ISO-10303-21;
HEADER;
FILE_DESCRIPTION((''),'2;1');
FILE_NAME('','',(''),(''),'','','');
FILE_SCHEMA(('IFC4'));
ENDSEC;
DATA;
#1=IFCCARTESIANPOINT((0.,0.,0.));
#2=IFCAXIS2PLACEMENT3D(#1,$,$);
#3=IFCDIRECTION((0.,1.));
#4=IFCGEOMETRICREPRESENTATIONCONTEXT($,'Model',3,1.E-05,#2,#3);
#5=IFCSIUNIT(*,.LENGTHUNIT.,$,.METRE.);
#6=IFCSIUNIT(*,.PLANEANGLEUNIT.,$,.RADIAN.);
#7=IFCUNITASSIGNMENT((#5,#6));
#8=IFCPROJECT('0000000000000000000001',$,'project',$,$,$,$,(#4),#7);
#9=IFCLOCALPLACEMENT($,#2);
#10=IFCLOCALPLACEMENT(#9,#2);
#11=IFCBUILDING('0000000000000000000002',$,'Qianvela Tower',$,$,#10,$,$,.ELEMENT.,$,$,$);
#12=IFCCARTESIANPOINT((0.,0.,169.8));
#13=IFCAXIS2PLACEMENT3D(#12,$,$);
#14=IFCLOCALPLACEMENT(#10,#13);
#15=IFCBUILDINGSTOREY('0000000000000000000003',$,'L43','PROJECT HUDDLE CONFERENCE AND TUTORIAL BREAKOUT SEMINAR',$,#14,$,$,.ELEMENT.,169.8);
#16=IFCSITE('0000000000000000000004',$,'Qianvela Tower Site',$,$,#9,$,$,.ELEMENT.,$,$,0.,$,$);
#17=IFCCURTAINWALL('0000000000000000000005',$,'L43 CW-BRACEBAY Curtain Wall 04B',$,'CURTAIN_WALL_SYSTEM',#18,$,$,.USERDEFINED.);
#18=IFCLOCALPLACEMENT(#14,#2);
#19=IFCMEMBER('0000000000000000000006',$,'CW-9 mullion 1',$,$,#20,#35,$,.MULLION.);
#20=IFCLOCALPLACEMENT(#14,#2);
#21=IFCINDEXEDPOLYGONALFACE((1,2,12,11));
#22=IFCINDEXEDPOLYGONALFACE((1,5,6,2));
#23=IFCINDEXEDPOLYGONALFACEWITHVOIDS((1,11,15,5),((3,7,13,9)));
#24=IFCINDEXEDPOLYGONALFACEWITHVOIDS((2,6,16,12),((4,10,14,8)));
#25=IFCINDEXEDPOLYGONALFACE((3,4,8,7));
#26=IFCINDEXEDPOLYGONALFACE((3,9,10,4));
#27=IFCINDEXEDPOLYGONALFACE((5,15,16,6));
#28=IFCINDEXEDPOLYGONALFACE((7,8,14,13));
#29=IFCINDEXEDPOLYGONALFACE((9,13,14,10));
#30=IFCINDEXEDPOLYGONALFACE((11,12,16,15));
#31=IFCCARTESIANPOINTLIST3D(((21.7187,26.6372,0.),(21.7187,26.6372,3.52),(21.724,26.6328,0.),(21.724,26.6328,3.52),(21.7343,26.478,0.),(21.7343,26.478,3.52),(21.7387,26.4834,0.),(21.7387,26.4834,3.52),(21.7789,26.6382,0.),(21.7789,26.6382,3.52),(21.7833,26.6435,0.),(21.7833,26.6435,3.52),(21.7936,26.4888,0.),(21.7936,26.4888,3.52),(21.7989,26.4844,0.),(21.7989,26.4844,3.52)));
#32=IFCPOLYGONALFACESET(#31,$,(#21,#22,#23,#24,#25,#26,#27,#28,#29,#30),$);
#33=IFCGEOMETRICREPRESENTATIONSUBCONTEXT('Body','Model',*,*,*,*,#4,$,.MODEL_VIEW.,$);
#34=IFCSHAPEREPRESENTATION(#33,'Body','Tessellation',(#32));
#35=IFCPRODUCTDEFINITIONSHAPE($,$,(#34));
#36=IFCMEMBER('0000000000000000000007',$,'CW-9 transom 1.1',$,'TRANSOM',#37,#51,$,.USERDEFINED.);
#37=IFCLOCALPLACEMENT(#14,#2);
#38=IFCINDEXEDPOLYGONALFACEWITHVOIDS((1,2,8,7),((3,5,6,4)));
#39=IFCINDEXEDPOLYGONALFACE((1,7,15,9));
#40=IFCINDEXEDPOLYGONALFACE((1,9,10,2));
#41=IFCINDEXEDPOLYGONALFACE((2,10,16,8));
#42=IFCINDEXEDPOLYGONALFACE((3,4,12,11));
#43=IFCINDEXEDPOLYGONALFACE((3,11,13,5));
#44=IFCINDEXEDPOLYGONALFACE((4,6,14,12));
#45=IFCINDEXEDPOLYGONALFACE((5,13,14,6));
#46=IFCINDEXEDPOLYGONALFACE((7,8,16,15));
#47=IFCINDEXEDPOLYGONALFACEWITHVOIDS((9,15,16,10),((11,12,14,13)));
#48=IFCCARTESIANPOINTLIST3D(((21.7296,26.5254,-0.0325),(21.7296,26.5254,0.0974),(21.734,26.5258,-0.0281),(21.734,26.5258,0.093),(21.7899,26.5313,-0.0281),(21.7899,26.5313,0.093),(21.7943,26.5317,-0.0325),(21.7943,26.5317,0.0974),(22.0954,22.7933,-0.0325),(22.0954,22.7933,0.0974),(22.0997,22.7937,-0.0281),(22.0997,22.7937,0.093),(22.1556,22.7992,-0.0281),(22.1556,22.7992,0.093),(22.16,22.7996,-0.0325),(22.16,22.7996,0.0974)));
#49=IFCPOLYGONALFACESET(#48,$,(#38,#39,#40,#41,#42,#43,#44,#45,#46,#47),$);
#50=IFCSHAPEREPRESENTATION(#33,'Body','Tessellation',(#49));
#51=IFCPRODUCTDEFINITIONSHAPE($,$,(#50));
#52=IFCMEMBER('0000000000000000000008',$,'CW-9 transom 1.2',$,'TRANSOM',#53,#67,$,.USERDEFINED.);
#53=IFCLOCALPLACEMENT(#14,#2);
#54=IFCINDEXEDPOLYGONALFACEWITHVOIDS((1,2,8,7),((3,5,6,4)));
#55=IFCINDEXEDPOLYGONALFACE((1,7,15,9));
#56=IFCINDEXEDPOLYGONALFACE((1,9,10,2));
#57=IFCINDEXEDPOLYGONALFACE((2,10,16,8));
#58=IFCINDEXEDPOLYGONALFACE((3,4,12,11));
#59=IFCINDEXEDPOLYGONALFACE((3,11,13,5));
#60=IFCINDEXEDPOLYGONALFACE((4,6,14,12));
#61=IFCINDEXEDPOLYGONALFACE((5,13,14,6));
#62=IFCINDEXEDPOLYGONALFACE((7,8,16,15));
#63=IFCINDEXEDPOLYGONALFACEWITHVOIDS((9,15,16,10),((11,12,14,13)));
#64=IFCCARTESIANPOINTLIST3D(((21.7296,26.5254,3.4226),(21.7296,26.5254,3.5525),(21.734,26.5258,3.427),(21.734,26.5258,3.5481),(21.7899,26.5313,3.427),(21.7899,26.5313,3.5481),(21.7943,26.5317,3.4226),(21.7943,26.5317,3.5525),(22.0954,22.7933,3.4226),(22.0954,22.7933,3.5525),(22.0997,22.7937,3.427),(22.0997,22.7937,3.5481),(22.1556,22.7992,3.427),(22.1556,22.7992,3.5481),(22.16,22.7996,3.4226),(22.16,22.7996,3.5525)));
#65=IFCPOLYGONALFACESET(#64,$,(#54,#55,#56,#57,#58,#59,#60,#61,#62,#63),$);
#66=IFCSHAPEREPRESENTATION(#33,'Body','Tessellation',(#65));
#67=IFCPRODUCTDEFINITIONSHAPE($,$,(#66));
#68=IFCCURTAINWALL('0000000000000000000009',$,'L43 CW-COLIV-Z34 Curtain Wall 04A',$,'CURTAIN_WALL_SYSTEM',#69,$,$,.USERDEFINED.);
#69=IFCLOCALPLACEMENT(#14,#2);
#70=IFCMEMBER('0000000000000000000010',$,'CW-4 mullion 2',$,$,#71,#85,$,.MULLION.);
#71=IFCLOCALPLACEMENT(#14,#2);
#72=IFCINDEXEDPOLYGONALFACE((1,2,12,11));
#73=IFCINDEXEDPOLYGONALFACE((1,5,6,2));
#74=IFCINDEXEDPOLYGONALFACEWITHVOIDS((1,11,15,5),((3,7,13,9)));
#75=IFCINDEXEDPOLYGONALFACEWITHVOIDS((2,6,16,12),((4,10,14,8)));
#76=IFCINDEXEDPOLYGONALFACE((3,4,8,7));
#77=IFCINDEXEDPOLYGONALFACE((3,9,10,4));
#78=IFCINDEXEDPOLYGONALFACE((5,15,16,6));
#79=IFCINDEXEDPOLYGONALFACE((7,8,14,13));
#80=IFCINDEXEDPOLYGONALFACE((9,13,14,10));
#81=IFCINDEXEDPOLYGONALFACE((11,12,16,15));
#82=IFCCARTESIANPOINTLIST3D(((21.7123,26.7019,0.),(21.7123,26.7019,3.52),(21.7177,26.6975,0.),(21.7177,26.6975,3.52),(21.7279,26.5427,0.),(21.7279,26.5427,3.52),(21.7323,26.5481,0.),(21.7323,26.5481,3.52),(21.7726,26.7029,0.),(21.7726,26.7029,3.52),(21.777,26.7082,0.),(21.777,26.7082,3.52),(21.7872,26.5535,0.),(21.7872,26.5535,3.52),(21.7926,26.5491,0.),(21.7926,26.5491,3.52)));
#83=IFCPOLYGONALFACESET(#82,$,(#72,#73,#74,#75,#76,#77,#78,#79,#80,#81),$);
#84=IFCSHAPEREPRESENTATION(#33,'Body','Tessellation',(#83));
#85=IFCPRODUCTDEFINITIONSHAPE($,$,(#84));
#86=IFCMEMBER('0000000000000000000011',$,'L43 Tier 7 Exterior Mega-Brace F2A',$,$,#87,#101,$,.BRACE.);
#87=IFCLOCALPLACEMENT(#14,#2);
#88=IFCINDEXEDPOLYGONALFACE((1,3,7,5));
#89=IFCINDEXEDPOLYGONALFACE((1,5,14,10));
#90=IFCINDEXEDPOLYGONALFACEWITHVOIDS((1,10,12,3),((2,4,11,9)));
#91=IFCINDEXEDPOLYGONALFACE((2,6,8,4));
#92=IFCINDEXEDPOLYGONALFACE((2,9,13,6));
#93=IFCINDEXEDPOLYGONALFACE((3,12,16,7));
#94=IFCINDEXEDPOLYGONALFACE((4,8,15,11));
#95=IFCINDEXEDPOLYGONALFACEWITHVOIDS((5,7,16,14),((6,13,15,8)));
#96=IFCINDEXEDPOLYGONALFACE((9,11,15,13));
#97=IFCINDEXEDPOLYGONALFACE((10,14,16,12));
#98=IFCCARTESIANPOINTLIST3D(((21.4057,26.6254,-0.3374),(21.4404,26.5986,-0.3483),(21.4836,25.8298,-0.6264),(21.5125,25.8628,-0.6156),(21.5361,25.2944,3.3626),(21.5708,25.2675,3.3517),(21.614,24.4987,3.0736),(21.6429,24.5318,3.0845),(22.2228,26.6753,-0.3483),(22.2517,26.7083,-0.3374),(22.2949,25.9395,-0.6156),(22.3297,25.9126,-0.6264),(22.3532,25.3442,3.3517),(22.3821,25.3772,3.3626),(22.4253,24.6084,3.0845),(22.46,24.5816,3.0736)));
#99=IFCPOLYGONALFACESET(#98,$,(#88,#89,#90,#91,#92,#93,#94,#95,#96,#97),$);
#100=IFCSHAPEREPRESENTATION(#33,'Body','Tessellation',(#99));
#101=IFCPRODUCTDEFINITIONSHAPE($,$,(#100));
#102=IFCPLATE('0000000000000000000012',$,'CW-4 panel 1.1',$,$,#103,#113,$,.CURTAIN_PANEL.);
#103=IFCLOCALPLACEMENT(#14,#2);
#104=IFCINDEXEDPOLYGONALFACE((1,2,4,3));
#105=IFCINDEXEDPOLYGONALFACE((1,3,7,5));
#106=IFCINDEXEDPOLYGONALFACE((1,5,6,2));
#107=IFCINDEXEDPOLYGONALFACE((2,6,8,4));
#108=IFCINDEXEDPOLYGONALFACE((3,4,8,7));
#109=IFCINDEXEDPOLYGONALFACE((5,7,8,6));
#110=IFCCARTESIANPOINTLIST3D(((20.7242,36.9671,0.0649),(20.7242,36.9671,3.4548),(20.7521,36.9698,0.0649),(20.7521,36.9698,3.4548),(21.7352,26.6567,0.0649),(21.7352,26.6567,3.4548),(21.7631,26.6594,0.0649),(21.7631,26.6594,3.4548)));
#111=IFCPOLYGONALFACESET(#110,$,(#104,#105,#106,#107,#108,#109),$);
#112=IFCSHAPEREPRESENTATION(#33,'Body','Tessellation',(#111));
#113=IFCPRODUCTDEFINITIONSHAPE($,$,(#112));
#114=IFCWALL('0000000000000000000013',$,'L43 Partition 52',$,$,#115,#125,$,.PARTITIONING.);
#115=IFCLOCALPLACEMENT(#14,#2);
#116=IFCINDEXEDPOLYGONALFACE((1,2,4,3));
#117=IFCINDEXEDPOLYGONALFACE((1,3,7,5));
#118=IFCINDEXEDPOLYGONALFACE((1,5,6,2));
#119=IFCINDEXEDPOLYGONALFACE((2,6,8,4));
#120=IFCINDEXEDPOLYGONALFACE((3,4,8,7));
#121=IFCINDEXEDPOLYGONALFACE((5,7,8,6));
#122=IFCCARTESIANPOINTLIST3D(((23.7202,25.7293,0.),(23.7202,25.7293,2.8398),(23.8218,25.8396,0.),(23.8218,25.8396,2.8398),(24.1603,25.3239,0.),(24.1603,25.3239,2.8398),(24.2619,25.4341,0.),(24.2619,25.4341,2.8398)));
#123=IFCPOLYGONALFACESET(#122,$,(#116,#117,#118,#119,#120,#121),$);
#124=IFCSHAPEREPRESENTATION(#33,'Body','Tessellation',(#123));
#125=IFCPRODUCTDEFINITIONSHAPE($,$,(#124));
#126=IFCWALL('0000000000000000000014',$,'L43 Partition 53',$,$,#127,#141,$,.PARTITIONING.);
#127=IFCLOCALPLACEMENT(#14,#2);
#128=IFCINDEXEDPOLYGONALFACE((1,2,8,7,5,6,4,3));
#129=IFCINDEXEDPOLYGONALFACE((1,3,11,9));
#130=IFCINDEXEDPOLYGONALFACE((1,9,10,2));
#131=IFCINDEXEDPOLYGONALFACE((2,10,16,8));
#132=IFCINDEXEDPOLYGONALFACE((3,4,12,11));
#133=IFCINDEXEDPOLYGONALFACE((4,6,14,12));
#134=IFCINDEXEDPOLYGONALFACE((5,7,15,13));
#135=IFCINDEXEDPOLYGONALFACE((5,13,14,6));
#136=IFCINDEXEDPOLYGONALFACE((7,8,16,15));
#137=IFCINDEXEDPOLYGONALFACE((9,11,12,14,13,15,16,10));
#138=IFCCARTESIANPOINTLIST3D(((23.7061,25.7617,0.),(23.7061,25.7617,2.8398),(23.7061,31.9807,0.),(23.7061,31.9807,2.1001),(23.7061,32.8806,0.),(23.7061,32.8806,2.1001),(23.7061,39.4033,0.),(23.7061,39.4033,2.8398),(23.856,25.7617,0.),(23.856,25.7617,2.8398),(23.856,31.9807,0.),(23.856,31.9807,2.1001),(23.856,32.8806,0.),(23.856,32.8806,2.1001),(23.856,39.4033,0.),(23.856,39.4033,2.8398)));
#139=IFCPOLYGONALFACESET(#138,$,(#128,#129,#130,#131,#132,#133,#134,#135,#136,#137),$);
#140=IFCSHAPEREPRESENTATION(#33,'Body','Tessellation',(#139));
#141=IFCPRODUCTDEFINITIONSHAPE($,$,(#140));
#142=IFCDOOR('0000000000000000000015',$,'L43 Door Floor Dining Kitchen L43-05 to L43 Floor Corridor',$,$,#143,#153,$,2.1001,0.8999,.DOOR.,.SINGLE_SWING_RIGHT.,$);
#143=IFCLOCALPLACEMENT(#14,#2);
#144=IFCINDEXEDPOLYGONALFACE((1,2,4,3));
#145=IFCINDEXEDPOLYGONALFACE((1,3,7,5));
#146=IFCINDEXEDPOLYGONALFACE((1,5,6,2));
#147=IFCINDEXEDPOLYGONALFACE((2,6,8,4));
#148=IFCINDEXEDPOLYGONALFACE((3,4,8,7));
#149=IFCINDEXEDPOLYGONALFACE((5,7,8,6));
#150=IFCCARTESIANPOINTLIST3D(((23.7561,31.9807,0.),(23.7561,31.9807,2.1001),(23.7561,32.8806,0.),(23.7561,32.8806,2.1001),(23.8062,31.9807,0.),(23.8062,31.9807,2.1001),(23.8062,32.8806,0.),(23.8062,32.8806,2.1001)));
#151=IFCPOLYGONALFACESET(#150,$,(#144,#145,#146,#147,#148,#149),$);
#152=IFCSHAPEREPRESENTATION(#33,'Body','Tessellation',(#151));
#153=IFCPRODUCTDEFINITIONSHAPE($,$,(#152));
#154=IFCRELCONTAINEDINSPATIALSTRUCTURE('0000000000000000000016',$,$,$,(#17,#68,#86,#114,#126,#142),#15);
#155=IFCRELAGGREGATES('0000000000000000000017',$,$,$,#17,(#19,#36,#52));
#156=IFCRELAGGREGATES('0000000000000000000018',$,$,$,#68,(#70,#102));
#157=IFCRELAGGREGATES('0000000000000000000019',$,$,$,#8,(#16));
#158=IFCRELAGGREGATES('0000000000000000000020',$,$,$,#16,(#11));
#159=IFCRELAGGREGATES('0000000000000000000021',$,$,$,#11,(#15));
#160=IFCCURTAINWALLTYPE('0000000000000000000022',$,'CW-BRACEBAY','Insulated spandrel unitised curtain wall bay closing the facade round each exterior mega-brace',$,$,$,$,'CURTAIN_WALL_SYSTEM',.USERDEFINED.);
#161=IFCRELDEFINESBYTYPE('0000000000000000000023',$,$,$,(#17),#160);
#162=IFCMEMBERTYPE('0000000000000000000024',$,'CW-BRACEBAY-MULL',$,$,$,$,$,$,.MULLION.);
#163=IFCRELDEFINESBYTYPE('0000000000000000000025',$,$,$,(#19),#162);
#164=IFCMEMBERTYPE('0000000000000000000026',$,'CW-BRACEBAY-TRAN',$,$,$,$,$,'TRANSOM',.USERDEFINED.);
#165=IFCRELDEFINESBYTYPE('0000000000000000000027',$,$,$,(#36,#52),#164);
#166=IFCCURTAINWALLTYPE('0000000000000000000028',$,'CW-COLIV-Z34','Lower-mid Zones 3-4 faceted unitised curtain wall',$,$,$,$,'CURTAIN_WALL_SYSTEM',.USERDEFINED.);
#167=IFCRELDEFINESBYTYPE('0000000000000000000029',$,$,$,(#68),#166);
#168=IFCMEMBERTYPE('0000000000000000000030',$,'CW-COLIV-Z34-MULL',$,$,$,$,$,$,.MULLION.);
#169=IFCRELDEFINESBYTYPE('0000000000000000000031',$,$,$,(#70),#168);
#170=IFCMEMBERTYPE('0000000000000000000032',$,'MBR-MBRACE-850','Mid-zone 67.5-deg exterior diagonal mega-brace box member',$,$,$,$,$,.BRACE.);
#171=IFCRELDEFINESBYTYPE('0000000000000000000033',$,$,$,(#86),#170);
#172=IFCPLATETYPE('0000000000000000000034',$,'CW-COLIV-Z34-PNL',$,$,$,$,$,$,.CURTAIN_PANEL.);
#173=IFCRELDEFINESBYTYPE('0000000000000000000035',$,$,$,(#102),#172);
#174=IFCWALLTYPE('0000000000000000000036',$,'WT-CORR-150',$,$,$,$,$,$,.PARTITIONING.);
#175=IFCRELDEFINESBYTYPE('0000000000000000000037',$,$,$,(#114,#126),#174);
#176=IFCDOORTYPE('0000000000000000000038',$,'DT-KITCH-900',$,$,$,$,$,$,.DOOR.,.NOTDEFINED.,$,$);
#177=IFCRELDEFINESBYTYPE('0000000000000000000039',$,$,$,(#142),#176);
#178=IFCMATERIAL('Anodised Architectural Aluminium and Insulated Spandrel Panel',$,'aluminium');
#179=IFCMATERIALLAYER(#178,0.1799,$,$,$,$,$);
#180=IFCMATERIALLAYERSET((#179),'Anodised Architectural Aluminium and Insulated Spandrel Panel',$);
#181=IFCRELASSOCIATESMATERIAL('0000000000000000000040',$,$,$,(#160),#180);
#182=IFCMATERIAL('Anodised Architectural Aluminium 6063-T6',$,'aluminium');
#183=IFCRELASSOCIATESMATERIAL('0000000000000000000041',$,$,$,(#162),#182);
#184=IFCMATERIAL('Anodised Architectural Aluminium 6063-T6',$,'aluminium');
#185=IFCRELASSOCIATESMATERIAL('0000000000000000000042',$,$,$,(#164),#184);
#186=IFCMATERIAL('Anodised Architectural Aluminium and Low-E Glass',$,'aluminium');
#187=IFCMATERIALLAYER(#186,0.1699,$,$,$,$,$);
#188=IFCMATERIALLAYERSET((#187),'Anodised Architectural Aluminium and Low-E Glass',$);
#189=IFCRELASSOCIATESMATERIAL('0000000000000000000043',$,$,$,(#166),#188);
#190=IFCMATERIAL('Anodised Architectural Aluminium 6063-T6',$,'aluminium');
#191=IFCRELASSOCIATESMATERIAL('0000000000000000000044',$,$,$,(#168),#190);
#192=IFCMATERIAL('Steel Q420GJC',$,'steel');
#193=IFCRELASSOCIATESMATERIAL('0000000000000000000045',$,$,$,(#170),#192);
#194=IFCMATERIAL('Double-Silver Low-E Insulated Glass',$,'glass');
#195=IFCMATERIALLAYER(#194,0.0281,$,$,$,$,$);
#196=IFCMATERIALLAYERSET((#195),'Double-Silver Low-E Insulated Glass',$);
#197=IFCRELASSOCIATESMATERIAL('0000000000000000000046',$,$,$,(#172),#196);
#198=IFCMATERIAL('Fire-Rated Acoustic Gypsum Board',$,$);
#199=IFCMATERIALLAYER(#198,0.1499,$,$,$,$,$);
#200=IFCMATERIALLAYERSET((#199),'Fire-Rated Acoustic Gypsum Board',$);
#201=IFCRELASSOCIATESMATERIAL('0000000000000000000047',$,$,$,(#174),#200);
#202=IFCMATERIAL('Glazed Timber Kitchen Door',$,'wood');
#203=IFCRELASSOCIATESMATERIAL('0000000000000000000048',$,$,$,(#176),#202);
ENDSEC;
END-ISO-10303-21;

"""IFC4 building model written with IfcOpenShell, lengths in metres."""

from ifc_helpers import new_model, si_unit, direction, frame, frame_2d, origin, origin_2d, place, context, subcontext, project, spatial, rectangle, hollow_rectangle, extrude, material, layer, layer_set, material_profile, profile_set, type_object, element, fill, aggregate, save


model = new_model("IFC4")

# Units and contexts
model_context = context("Model", 3, precision=1e-05, world=origin(), true_north=direction((0.0, 1.0)))
body_context = subcontext(model_context, "Body", "Model", "MODEL_VIEW")
ifc_project = project(units=[si_unit("LENGTHUNIT", "METRE"), si_unit("PLANEANGLEUNIT", "RADIAN")], contexts=[model_context])

# Site, building, storey
site_placement = place(None, origin())
site = spatial("IfcSite", under=ifc_project, at=site_placement, Name="Qianvela Tower Site", CompositionType="ELEMENT", RefElevation=0.0)
building_placement = place(site_placement, origin())
building = spatial("IfcBuilding", under=site, at=building_placement, Name="Qianvela Tower", CompositionType="ELEMENT")
storey_placement = place(building_placement, frame((0.0, 0.0, 169.8)))
storey = spatial("IfcBuildingStorey", under=building, at=storey_placement, Name="L43", Description="PROJECT HUDDLE CONFERENCE AND TUTORIAL BREAKOUT SEMINAR", CompositionType="ELEMENT", Elevation=169.8)

# Curtain wall, members
ifc_material_1 = material(Name="Anodised Architectural Aluminium and Insulated Spandrel Panel", Category="aluminium")
ifc_layer_1 = layer(ifc_material_1, 0.1799)
ifc_layer_set_1 = layer_set([ifc_layer_1], Name="Anodised Architectural Aluminium and Insulated Spandrel Panel")
curtain_wall_type_1 = type_object("IfcCurtainWallType", Name="CW-BRACEBAY", Description="Insulated spandrel unitised curtain wall bay closing the facade round each exterior mega-brace", ElementType="CURTAIN_WALL_SYSTEM", PredefinedType="USERDEFINED", material=ifc_layer_set_1)
curtain_wall_1_placement = place(storey_placement, origin())
curtain_wall_1 = element("IfcCurtainWall", 1, at=curtain_wall_1_placement, inside=storey, type_object=curtain_wall_type_1, Name="L43 CW-BRACEBAY Curtain Wall 04B", ObjectType="CURTAIN_WALL_SYSTEM", PredefinedType="USERDEFINED")
ifc_material_2 = material(Name="Anodised Architectural Aluminium 6063-T6", Category="aluminium")
ifc_material_profile_1 = material_profile(ifc_material_2, hollow_rectangle(XDim=0.0649, YDim=0.1599, WallThickness=0.0049, at=origin_2d()), Name="ALU-MULL-65x160")
ifc_profile_set_1 = profile_set([ifc_material_profile_1], Name="Anodised Architectural Aluminium 6063-T6")
member_type_1 = type_object("IfcMemberType", Name="CW-BRACEBAY-MULL", PredefinedType="MULLION", material=ifc_profile_set_1)
member_1_placement = place(storey_placement, frame((21.7588, 26.5608, 0.0), z_axis=(0.0, 0.0, 1.0), x_axis=(0.995228, 0.097577, 0.0)))
member_1 = element("IfcMember", 2, at=member_1_placement, type_object=member_type_1, Name="CW-9 mullion 1", PredefinedType="MULLION", context=body_context, shape_type="SweptSolid", body=[
    extrude(hollow_rectangle(XDim=0.0649, YDim=0.1599, WallThickness=0.0049, at=origin_2d()), origin(), (0.0, 0.0, 1.0), 3.52),
])
ifc_material_3 = material(Name="Anodised Architectural Aluminium 6063-T6", Category="aluminium")
ifc_material_profile_2 = material_profile(ifc_material_3, hollow_rectangle(XDim=0.0649, YDim=0.1299, WallThickness=0.0044, at=origin_2d()), Name="ALU-TRAN-65x130")
ifc_profile_set_2 = profile_set([ifc_material_profile_2], Name="Anodised Architectural Aluminium 6063-T6")
member_type_2 = type_object("IfcMemberType", Name="CW-BRACEBAY-TRAN", ElementType="TRANSOM", PredefinedType="USERDEFINED", material=ifc_profile_set_2)
member_2_placement = place(storey_placement, frame((21.762, 26.5286, 0.0325), z_axis=(0.097525, -0.995233, 0.0), x_axis=(0.995233, 0.097525, 0.0)))
member_2 = element("IfcMember", 3, at=member_2_placement, type_object=member_type_2, Name="CW-9 transom 1.1", ObjectType="TRANSOM", PredefinedType="USERDEFINED", context=body_context, shape_type="SweptSolid", body=[
    extrude(hollow_rectangle(XDim=0.0649, YDim=0.1299, WallThickness=0.0044, at=origin_2d()), origin(), (0.0, 0.0, 1.0), 3.75),
])
member_3_placement = place(storey_placement, frame((21.762, 26.5286, 3.4875), z_axis=(0.097525, -0.995233, 0.0), x_axis=(0.995233, 0.097525, 0.0)))
member_3 = element("IfcMember", 4, at=member_3_placement, type_object=member_type_2, Name="CW-9 transom 1.2", ObjectType="TRANSOM", PredefinedType="USERDEFINED", context=body_context, shape_type="SweptSolid", body=[
    extrude(hollow_rectangle(XDim=0.0649, YDim=0.1299, WallThickness=0.0044, at=origin_2d()), origin(), (0.0, 0.0, 1.0), 3.75),
])
aggregate(curtain_wall_1, [member_1, member_2, member_3])

# Curtain wall, member
ifc_material_4 = material(Name="Anodised Architectural Aluminium and Low-E Glass", Category="aluminium")
ifc_layer_2 = layer(ifc_material_4, 0.1699)
ifc_layer_set_2 = layer_set([ifc_layer_2], Name="Anodised Architectural Aluminium and Low-E Glass")
curtain_wall_type_2 = type_object("IfcCurtainWallType", Name="CW-COLIV-Z34", Description="Lower-mid Zones 3-4 faceted unitised curtain wall", ElementType="CURTAIN_WALL_SYSTEM", PredefinedType="USERDEFINED", material=ifc_layer_set_2)
curtain_wall_2_placement = place(storey_placement, origin())
curtain_wall_2 = element("IfcCurtainWall", 5, at=curtain_wall_2_placement, inside=storey, type_object=curtain_wall_type_2, Name="L43 CW-COLIV-Z34 Curtain Wall 04A", ObjectType="CURTAIN_WALL_SYSTEM", PredefinedType="USERDEFINED")
ifc_material_5 = material(Name="Anodised Architectural Aluminium 6063-T6", Category="aluminium")
ifc_material_profile_3 = material_profile(ifc_material_5, hollow_rectangle(XDim=0.0649, YDim=0.1599, WallThickness=0.0049, at=origin_2d()), Name="ALU-MULL-65x160")
ifc_profile_set_3 = profile_set([ifc_material_profile_3], Name="Anodised Architectural Aluminium 6063-T6")
member_type_3 = type_object("IfcMemberType", Name="CW-COLIV-Z34-MULL", PredefinedType="MULLION", material=ifc_profile_set_3)
member_4_placement = place(storey_placement, frame((21.7524, 26.6255, 0.0), z_axis=(0.0, 0.0, 1.0), x_axis=(0.995227, 0.097588, 0.0)))
member_4 = element("IfcMember", 6, at=member_4_placement, type_object=member_type_3, Name="CW-4 mullion 2", PredefinedType="MULLION", context=body_context, shape_type="SweptSolid", body=[
    extrude(hollow_rectangle(XDim=0.0649, YDim=0.1599, WallThickness=0.0049, at=origin_2d()), origin(), (0.0, 0.0, 1.0), 3.52),
])

# Member
ifc_material_6 = material(Name="Steel Q420GJC", Category="steel")
ifc_material_profile_4 = material_profile(ifc_material_6, hollow_rectangle(XDim=0.8501, YDim=0.8501, WallThickness=0.032, at=origin_2d()), Name="MBOX-850x850x32")
ifc_profile_set_4 = profile_set([ifc_material_profile_4], Name="Steel Q420GJC")
member_type_4 = type_object("IfcMemberType", Name="MBR-MBRACE-850", Description="Mid-zone 67.5-deg exterior diagonal mega-brace box member", PredefinedType="BRACE", material=ifc_profile_set_4)
member_5_placement = place(storey_placement, frame((21.8677, 26.269, -0.4819), z_axis=(0.033137, -0.338325, 0.940446), x_axis=(0.995238, 0.097479, 0.0)))
element("IfcMember", 7, at=member_5_placement, inside=storey, type_object=member_type_4, Name="L43 Tier 7 Exterior Mega-Brace F2A", PredefinedType="BRACE", context=body_context, shape_type="SweptSolid", body=[
    extrude(hollow_rectangle(XDim=0.8501, YDim=0.8501, WallThickness=0.032, at=origin_2d()), origin(), (0.0, 0.0, 1.0), 3.9343),
])

# Plate
ifc_material_7 = material(Name="Double-Silver Low-E Insulated Glass", Category="glass")
ifc_layer_3 = layer(ifc_material_7, 0.0281)
ifc_layer_set_3 = layer_set([ifc_layer_3], Name="Double-Silver Low-E Insulated Glass")
plate_type = type_object("IfcPlateType", Name="CW-COLIV-Z34-PNL", PredefinedType="CURTAIN_PANEL", material=ifc_layer_set_3)
plate_placement = place(storey_placement, frame((21.2437, 31.8132, 0.0649), z_axis=(0.0, 0.0, 1.0), x_axis=(0.097588, -0.995227, 0.0)))
plate = element("IfcPlate", 8, at=plate_placement, type_object=plate_type, Name="CW-4 panel 1.1", PredefinedType="CURTAIN_PANEL", context=body_context, shape_type="SweptSolid", body=[
    extrude(rectangle(XDim=10.3599, YDim=0.0281, at=origin_2d()), origin(), (0.0, 0.0, 1.0), 3.3899),
])
aggregate(curtain_wall_2, [member_4, plate])

# Wall
ifc_material_8 = material(Name="Fire-Rated Acoustic Gypsum Board")
ifc_layer_4 = layer(ifc_material_8, 0.1499)
ifc_layer_set_4 = layer_set([ifc_layer_4], Name="Fire-Rated Acoustic Gypsum Board")
wall_type_1 = type_object("IfcWallType", Name="WT-CORR-150", PredefinedType="PARTITIONING", material=ifc_layer_set_4)
wall_1_placement = place(storey_placement, frame((24.2112, 25.3789, 0.0), z_axis=(0.0, 0.0, 1.0), x_axis=(-0.735476, 0.677551, 0.0)))
element("IfcWall", 9, at=wall_1_placement, inside=storey, type_object=wall_type_1, Name="L43 Partition 52", PredefinedType="PARTITIONING", context=body_context, shape_type="SweptSolid", body=[
    extrude(rectangle(XDim=0.5984, YDim=0.1499, at=frame_2d((0.2993, 0.0))), origin(), (0.0, 0.0, 1.0), 2.8398),
])

# Wall, opening, door
wall_2_placement = place(storey_placement, frame((23.781, 25.7617, 0.0), z_axis=(0.0, 0.0, 1.0), x_axis=(0.0, 1.0, 0.0)))
wall_2 = element("IfcWall", 10, at=wall_2_placement, inside=storey, type_object=wall_type_1, Name="L43 Partition 53", PredefinedType="PARTITIONING", context=body_context, shape_type="SweptSolid", body=[
    extrude(rectangle(XDim=13.6416, YDim=0.1499, at=frame_2d((6.8208, 0.0))), origin(), (0.0, 0.0, 1.0), 2.8398),
])
opening_1_placement = place(wall_2_placement, frame((6.219, 0.0, 0.0)))
opening_1 = element("IfcOpeningElement", 11, at=opening_1_placement, cuts=wall_2, PredefinedType="OPENING", context=body_context, shape_type="SweptSolid", body=[
    extrude(rectangle(XDim=0.8999, YDim=2.1001, at=frame_2d((0.45, 1.05))), frame((0.0, 0.085, 0.0), z_axis=(0.0, -1.0, 0.0), x_axis=(1.0, 0.0, 0.0)), (0.0, 0.0, 1.0), 0.1699),
])
ifc_material_9 = material(Name="Glazed Timber Kitchen Door", Category="wood")
door_type_1 = type_object("IfcDoorType", Name="DT-KITCH-900", OperationType="NOTDEFINED", PredefinedType="DOOR", material=ifc_material_9)
door_1_placement = place(opening_1_placement, origin())
door_1 = element("IfcDoor", 12, at=door_1_placement, inside=storey, type_object=door_type_1, Name="L43 Door Floor Dining Kitchen L43-05 to L43 Floor Corridor", OperationType="SINGLE_SWING_RIGHT", OverallHeight=2.1001, OverallWidth=0.8999, PredefinedType="DOOR", context=body_context, shape_type="SweptSolid", body=[
    extrude(rectangle(XDim=0.8999, YDim=2.1001, at=frame_2d((0.45, 1.05))), frame((0.0, 0.0249, 0.0), z_axis=(0.0, -1.0, 0.0), x_axis=(1.0, 0.0, 0.0)), (0.0, 0.0, 1.0), 0.05),
])
fill(opening_1, door_1)

save(model, "model.ifc")
